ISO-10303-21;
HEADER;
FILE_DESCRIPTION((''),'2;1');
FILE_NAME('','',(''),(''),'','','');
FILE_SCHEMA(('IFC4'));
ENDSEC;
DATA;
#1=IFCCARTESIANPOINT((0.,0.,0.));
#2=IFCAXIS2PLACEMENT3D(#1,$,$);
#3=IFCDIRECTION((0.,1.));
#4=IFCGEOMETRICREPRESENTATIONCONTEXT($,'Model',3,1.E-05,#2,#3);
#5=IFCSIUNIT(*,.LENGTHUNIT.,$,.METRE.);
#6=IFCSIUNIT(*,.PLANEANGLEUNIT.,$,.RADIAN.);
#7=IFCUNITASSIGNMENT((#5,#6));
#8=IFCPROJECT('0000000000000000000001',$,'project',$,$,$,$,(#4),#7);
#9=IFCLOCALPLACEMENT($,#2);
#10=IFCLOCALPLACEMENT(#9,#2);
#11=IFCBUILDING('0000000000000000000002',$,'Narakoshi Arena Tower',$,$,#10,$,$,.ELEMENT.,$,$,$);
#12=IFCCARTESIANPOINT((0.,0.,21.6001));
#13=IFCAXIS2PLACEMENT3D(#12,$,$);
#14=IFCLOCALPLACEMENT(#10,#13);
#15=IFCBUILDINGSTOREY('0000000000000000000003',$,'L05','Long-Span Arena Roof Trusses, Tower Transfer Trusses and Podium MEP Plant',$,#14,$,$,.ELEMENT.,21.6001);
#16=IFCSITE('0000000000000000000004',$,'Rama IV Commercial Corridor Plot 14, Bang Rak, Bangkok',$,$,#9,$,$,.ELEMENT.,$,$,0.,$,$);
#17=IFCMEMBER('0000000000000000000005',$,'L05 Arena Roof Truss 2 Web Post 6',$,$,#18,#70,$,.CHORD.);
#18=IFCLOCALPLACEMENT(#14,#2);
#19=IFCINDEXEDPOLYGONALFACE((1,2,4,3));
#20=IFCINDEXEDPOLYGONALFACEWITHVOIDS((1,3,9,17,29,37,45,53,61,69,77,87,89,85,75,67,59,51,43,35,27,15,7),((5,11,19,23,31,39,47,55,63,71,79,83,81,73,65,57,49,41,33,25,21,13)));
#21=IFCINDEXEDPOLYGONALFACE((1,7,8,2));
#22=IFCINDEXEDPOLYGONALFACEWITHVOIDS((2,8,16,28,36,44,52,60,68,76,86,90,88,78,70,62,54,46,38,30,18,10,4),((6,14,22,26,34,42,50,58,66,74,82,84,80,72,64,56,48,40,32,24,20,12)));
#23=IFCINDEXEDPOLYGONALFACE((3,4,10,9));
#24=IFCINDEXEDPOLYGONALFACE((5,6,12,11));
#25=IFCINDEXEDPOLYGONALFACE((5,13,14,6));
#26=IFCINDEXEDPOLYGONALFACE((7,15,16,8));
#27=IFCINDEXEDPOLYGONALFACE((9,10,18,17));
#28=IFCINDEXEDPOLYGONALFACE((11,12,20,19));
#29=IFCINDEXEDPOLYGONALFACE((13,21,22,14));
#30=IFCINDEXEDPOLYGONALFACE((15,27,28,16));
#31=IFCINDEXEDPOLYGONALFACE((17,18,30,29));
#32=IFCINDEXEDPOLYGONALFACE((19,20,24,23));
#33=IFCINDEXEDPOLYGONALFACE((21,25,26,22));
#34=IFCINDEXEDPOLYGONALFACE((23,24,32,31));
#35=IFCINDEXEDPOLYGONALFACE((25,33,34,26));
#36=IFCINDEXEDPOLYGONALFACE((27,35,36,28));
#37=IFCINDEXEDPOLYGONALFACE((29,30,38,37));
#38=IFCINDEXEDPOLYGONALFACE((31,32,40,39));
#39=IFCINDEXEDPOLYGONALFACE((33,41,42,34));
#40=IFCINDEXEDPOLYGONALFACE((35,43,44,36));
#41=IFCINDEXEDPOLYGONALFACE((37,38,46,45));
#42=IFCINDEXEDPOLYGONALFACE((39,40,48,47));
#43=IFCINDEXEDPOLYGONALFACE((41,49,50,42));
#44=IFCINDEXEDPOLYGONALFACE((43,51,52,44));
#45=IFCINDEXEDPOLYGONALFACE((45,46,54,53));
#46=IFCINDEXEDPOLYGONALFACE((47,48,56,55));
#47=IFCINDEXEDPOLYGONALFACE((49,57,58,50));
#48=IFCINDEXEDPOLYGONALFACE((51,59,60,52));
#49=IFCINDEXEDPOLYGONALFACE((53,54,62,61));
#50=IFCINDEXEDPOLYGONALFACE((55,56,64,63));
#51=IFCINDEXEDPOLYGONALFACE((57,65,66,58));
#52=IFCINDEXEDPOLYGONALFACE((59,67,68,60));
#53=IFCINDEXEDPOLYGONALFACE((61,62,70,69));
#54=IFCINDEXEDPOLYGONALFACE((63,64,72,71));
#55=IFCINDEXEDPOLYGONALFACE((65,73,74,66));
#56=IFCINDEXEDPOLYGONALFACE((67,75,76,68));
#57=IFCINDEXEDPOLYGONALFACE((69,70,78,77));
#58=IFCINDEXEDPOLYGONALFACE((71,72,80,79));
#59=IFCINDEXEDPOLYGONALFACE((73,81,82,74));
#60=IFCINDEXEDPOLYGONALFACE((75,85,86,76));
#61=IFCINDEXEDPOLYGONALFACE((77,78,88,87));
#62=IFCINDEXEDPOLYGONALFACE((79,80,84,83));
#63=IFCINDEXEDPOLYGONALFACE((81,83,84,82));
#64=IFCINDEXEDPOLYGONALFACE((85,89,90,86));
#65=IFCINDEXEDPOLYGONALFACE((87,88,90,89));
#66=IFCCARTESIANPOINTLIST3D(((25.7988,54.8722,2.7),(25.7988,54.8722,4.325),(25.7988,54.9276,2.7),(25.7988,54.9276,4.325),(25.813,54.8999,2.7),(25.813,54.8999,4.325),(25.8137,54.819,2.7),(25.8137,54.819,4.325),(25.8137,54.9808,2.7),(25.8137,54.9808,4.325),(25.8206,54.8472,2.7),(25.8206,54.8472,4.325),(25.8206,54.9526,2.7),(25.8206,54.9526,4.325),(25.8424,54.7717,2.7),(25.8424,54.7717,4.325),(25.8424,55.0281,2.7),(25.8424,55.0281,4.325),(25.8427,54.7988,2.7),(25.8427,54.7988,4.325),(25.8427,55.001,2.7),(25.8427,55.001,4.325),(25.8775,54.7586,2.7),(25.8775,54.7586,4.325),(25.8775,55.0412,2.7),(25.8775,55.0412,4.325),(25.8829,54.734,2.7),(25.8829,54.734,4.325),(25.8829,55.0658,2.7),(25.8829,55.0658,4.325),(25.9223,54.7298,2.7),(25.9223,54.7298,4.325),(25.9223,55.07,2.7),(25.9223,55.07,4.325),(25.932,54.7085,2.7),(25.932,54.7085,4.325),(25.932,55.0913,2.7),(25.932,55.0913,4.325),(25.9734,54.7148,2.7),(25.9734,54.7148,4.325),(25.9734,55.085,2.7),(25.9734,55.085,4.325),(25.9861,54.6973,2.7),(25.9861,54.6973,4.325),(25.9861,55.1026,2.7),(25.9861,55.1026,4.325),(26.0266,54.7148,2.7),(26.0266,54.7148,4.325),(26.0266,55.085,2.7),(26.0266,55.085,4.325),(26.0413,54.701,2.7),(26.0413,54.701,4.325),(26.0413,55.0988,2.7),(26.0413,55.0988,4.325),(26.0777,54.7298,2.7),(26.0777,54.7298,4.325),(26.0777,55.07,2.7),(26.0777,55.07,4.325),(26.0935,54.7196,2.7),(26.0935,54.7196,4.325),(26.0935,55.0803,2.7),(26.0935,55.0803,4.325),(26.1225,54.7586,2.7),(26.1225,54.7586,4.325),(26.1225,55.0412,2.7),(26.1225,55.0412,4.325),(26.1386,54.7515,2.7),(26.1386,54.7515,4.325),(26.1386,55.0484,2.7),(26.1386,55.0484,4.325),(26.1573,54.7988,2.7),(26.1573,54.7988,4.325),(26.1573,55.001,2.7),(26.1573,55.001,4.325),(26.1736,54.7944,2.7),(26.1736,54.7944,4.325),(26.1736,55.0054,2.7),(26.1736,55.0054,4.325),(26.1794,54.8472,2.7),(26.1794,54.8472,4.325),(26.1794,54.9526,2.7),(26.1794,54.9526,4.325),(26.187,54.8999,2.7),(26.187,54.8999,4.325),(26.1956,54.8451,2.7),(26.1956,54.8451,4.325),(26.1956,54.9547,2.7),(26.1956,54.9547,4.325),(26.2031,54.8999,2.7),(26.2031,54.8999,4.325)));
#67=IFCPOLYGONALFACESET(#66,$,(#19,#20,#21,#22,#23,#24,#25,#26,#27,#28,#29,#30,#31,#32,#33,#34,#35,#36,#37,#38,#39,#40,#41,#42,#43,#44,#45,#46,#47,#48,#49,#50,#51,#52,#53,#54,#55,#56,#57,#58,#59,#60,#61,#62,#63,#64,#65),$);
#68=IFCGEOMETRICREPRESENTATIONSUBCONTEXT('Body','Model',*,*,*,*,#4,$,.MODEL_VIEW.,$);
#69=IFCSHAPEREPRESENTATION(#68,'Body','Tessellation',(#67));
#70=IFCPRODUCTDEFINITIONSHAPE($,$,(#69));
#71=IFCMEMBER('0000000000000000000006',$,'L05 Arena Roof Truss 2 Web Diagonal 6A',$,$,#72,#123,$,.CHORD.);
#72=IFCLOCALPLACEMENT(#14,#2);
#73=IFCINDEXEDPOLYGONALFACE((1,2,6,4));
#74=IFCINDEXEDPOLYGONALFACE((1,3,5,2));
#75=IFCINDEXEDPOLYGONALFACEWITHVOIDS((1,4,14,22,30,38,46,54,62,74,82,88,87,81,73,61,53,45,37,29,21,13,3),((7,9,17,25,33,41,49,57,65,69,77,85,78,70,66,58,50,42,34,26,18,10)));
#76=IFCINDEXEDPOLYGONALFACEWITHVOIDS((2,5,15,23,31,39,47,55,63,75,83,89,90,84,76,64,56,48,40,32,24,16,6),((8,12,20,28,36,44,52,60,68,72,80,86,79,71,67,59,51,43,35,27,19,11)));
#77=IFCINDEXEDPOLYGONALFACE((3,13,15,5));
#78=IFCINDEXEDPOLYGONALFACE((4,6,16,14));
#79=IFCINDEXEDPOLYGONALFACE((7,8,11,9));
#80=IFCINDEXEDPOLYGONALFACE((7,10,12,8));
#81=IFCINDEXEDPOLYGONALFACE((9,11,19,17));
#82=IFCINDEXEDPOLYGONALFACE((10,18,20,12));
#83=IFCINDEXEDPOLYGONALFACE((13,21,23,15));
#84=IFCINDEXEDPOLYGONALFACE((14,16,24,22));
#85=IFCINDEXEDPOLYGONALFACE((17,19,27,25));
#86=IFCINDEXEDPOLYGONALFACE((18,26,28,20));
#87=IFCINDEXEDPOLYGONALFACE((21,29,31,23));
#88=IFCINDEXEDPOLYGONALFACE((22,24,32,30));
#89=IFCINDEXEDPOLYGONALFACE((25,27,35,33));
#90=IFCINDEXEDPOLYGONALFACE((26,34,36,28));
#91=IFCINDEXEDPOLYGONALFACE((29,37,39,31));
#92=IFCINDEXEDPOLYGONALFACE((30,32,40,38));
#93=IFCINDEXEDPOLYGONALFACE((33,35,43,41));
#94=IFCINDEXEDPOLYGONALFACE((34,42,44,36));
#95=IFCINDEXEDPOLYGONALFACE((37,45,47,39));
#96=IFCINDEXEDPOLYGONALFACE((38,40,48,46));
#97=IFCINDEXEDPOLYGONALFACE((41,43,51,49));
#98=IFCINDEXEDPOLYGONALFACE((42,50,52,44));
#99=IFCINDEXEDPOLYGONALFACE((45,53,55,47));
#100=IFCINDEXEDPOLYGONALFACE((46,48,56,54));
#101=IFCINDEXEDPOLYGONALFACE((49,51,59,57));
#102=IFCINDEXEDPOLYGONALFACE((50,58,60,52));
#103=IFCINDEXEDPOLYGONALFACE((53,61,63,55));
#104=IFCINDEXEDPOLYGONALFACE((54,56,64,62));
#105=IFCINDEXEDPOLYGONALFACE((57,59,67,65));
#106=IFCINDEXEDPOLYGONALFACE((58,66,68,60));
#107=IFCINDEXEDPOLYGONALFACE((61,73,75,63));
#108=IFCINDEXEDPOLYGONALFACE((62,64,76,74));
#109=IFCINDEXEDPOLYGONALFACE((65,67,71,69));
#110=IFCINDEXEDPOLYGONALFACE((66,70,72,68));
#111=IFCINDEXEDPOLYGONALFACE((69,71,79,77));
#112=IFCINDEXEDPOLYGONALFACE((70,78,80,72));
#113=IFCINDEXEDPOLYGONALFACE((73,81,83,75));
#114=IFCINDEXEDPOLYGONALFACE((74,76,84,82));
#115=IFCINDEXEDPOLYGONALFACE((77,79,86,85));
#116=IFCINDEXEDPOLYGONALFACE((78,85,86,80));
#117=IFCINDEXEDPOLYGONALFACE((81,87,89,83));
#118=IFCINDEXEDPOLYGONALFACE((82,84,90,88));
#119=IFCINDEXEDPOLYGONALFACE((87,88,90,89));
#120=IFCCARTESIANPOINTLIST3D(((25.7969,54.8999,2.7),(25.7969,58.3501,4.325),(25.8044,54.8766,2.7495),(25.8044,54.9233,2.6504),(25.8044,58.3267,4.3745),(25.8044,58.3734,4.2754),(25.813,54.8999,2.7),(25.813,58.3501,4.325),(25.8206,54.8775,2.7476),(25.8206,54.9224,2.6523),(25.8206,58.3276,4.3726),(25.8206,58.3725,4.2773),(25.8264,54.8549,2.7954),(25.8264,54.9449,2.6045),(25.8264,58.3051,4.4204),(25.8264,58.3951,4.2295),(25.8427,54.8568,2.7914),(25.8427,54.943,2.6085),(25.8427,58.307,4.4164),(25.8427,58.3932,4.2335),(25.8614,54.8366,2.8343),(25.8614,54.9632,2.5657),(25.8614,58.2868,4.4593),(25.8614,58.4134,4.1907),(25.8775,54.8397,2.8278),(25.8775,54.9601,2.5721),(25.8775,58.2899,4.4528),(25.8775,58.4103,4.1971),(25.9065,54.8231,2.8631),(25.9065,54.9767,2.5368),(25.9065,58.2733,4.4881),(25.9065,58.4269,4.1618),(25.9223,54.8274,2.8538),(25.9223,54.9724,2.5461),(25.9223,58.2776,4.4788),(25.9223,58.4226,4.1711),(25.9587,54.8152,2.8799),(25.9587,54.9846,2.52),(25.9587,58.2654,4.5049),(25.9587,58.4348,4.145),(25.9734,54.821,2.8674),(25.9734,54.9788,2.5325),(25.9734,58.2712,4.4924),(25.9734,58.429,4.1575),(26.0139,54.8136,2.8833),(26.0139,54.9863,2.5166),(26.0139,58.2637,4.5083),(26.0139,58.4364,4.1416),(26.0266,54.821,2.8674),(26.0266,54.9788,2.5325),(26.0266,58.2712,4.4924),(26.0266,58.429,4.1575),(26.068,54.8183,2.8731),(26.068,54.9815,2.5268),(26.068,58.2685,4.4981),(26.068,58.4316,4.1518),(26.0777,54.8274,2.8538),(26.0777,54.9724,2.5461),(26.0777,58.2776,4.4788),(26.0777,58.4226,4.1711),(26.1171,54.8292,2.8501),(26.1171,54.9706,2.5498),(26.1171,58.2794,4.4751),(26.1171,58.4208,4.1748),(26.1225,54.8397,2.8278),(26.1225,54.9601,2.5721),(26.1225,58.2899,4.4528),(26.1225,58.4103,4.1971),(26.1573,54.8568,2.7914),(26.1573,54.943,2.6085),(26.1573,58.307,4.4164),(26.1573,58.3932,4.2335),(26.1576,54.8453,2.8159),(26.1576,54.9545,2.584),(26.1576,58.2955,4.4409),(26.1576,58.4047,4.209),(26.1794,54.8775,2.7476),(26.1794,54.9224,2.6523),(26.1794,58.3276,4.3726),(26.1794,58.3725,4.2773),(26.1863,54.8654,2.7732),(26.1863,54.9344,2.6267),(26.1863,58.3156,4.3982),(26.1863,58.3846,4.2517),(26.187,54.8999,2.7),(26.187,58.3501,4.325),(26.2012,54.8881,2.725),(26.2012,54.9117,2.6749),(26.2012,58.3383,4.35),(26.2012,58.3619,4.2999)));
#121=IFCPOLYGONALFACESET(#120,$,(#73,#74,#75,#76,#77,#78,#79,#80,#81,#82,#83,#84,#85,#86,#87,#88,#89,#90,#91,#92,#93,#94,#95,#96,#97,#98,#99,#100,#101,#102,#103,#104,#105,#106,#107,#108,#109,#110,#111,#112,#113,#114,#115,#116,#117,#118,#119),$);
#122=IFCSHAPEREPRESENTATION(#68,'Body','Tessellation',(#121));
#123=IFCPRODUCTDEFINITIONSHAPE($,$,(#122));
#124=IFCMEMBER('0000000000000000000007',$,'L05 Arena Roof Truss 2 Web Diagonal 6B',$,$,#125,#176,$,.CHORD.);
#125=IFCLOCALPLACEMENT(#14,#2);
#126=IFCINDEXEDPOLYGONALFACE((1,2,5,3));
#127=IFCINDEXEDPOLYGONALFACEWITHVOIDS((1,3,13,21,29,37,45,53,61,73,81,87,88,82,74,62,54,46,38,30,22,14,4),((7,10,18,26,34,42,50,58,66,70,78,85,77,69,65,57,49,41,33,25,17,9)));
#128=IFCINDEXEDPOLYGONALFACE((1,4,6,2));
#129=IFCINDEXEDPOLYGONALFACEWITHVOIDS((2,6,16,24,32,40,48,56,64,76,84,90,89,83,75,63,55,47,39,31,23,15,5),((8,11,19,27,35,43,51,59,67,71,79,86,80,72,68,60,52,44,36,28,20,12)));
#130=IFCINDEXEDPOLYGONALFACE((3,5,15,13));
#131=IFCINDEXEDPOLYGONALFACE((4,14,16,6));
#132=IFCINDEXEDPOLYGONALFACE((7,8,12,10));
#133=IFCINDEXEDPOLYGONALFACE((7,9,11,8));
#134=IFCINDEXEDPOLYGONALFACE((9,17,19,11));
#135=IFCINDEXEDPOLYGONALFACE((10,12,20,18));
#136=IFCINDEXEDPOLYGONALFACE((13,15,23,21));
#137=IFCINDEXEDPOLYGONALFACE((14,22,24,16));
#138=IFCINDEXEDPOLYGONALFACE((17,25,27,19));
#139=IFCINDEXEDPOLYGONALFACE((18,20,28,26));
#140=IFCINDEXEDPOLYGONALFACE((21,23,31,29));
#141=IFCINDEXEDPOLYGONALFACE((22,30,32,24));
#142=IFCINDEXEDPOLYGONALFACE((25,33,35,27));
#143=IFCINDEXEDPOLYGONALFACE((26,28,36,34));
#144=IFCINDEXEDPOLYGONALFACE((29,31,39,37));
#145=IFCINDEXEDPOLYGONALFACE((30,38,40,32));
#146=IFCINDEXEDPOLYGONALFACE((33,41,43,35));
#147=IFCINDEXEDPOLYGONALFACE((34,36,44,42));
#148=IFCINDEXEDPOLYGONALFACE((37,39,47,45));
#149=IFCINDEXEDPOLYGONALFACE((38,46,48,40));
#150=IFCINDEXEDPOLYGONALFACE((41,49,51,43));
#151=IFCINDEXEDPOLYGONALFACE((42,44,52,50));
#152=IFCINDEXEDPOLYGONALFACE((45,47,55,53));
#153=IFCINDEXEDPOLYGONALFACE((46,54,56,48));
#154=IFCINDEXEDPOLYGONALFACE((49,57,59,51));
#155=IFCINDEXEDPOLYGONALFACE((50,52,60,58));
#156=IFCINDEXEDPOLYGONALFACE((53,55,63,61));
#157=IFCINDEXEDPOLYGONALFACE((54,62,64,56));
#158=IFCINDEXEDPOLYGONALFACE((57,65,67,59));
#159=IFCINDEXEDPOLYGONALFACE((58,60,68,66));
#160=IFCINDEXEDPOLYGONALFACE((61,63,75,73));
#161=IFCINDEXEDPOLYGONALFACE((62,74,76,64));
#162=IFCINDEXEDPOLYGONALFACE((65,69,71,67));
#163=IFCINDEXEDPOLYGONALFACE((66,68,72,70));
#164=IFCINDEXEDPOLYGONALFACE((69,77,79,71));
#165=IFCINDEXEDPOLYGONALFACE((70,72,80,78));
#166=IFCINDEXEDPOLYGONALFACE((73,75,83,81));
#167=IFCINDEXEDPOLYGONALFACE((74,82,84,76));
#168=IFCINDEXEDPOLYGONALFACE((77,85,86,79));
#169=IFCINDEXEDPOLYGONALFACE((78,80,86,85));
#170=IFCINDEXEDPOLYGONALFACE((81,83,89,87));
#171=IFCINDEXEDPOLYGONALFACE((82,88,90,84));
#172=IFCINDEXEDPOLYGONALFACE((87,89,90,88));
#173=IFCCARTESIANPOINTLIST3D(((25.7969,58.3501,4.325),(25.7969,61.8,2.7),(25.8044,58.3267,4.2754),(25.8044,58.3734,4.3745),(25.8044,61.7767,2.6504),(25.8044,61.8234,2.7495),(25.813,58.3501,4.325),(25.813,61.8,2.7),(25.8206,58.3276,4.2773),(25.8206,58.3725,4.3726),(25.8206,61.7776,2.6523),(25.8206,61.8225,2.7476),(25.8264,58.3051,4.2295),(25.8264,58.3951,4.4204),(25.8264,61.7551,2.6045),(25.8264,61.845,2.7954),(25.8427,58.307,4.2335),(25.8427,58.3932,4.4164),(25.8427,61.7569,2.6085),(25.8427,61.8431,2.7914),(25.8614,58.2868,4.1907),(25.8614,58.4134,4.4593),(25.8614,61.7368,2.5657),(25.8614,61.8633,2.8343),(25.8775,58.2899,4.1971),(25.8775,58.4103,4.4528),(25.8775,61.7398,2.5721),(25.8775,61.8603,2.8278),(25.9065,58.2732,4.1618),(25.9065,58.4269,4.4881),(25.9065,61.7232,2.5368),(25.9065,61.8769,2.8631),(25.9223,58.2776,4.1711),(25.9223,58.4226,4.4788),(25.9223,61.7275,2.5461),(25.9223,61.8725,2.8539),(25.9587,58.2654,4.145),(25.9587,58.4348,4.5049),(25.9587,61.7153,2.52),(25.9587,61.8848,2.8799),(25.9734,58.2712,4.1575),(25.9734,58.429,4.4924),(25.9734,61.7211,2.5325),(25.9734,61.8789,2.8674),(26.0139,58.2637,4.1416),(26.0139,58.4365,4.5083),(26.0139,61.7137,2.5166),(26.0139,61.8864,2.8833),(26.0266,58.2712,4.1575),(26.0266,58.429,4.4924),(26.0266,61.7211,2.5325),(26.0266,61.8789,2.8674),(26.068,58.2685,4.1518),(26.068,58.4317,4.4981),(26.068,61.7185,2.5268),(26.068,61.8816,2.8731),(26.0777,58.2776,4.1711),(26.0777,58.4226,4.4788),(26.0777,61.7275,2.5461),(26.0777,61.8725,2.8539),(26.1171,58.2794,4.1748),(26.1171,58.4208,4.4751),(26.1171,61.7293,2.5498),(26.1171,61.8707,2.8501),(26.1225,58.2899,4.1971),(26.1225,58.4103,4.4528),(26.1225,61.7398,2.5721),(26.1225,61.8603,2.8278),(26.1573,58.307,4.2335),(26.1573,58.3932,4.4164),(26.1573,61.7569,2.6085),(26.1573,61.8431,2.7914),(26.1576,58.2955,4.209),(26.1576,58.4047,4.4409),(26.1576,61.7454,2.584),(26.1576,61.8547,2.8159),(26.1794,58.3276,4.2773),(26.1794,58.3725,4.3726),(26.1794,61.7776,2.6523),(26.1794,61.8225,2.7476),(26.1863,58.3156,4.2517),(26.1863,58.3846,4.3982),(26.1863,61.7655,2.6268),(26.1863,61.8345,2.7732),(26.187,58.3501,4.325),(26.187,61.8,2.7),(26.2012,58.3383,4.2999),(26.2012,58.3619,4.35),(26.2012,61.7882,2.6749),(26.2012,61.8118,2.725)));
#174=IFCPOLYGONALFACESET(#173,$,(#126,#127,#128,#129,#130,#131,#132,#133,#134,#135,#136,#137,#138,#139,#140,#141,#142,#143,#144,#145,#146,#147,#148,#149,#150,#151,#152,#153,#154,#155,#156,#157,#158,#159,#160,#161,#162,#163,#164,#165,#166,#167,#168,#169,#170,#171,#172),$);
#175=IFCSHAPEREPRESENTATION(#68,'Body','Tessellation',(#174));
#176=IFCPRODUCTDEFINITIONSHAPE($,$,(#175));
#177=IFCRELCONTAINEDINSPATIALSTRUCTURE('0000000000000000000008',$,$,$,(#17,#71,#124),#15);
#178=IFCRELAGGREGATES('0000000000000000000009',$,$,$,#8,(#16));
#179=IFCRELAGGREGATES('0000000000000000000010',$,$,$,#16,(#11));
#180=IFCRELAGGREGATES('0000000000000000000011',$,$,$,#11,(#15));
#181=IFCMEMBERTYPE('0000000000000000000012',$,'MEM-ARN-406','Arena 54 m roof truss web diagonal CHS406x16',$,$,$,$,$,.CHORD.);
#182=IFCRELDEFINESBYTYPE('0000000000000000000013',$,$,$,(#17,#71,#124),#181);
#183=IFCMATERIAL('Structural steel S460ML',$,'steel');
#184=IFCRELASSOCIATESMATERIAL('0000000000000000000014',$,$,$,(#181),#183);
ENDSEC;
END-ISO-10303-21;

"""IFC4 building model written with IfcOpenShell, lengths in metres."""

from ifc_helpers import new_model, si_unit, direction, frame, origin, origin_2d, place, context, subcontext, project, spatial, hollow_circle, extrude, material, material_profile, profile_set, type_object, element, save


model = new_model("IFC4")

# Units and contexts
model_context = context("Model", 3, precision=1e-05, world=origin(), true_north=direction((0.0, 1.0)))
body_context = subcontext(model_context, "Body", "Model", "MODEL_VIEW")
ifc_project = project(units=[si_unit("LENGTHUNIT", "METRE"), si_unit("PLANEANGLEUNIT", "RADIAN")], contexts=[model_context])

# Site, building, storey
site_placement = place(None, origin())
site = spatial("IfcSite", under=ifc_project, at=site_placement, Name="Rama IV Commercial Corridor Plot 14, Bang Rak, Bangkok", CompositionType="ELEMENT", RefElevation=0.0)
building_placement = place(site_placement, origin())
building = spatial("IfcBuilding", under=site, at=building_placement, Name="Narakoshi Arena Tower", CompositionType="ELEMENT")
storey_placement = place(building_placement, frame((0.0, 0.0, 21.6001)))
storey = spatial("IfcBuildingStorey", under=building, at=storey_placement, Name="L05", Description="Long-Span Arena Roof Trusses, Tower Transfer Trusses and Podium MEP Plant", CompositionType="ELEMENT", Elevation=21.6001)

# Members
ifc_material_1 = material(Name="Structural steel S460ML", Category="steel")
ifc_material_profile_1 = material_profile(ifc_material_1, hollow_circle(Radius=0.2031, WallThickness=0.0161, at=origin_2d()), Name="CHS406x16")
ifc_profile_set_1 = profile_set([ifc_material_profile_1], Name="Structural steel S460ML")
member_type = type_object("IfcMemberType", Name="MEM-ARN-406", Description="Arena 54 m roof truss web diagonal CHS406x16", PredefinedType="CHORD", material=ifc_profile_set_1)
member_1_placement = place(storey_placement, frame((26.0, 54.8999, 2.7), z_axis=(0.0, 0.0, 1.0), x_axis=(1.0, 0.0, 0.0)))
element("IfcMember", 1, at=member_1_placement, inside=storey, type_object=member_type, Name="L05 Arena Roof Truss 2 Web Post 6", PredefinedType="CHORD", context=body_context, shape_type="SweptSolid", body=[
    extrude(hollow_circle(Radius=0.2031, WallThickness=0.0161, at=origin_2d()), origin(), (0.0, 0.0, 1.0), 1.625),
])
member_2_placement = place(storey_placement, frame((26.0, 54.8999, 2.7), z_axis=(0.0, 0.904679, 0.426093), x_axis=(-1.0, 0.0, 0.0)))
element("IfcMember", 2, at=member_2_placement, inside=storey, type_object=member_type, Name="L05 Arena Roof Truss 2 Web Diagonal 6A", PredefinedType="CHORD", context=body_context, shape_type="SweptSolid", body=[
    extrude(hollow_circle(Radius=0.2031, WallThickness=0.0161, at=origin_2d()), origin(), (0.0, 0.0, 1.0), 3.8137),
])
member_3_placement = place(storey_placement, frame((26.0, 58.3501, 4.325), z_axis=(0.0, 0.904668, -0.426118), x_axis=(-1.0, 0.0, 0.0)))
element("IfcMember", 3, at=member_3_placement, inside=storey, type_object=member_type, Name="L05 Arena Roof Truss 2 Web Diagonal 6B", PredefinedType="CHORD", context=body_context, shape_type="SweptSolid", body=[
    extrude(hollow_circle(Radius=0.2031, WallThickness=0.0161, at=origin_2d()), origin(), (0.0, 0.0, 1.0), 3.8135),
])

save(model, "model.ifc")
